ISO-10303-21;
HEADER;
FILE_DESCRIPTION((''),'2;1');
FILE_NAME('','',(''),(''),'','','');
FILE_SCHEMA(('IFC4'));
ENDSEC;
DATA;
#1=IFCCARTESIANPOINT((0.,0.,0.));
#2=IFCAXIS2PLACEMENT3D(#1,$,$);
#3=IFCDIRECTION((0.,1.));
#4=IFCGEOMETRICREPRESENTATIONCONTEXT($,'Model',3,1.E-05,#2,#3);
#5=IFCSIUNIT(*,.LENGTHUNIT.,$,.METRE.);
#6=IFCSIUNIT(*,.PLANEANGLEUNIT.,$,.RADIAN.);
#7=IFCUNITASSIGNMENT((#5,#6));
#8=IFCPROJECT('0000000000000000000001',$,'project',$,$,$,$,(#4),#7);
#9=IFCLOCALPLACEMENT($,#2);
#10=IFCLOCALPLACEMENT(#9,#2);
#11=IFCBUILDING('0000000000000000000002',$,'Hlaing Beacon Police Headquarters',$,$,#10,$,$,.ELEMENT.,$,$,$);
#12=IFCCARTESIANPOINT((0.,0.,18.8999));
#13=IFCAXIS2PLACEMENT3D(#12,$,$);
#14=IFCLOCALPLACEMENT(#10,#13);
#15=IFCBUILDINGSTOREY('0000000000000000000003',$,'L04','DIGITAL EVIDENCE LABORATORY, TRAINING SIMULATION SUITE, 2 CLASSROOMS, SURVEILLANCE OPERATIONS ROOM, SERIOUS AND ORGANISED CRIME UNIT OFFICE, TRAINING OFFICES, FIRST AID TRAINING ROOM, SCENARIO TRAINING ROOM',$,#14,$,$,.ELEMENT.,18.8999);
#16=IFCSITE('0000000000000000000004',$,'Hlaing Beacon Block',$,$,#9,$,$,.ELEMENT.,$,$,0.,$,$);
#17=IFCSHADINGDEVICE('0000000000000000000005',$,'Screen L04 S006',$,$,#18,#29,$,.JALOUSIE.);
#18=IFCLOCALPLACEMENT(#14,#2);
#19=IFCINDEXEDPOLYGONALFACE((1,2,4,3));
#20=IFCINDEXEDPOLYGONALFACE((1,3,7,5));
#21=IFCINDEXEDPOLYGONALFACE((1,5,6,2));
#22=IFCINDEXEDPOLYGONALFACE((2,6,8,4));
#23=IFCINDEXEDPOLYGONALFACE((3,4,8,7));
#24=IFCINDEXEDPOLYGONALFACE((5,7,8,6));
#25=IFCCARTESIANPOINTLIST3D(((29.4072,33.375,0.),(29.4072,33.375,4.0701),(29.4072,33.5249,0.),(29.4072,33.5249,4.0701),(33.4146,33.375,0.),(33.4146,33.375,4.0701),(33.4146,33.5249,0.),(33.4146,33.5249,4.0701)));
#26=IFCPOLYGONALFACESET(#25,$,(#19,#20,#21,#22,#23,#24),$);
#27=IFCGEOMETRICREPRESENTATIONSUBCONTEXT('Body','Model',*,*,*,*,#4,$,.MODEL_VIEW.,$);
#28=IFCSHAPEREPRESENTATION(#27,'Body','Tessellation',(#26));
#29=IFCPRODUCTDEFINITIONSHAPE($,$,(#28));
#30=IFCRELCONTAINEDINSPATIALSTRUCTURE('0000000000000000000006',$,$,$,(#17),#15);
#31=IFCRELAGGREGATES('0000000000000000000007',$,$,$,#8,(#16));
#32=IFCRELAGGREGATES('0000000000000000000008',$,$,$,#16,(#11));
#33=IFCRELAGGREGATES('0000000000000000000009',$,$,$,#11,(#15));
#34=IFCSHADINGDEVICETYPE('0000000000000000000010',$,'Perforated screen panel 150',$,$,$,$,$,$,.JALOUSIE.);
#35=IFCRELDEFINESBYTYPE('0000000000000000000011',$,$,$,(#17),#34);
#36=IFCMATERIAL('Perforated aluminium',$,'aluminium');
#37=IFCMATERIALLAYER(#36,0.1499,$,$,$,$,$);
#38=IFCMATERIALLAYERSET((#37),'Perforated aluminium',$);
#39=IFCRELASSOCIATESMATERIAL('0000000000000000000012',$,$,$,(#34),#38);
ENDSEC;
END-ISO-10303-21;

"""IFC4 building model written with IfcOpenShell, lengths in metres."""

from ifc_helpers import new_model, si_unit, direction, frame, origin, origin_2d, place, context, subcontext, project, spatial, rectangle, extrude, material, layer, layer_set, type_object, element, save


model = new_model("IFC4")

# Units and contexts
model_context = context("Model", 3, precision=1e-05, world=origin(), true_north=direction((0.0, 1.0)))
body_context = subcontext(model_context, "Body", "Model", "MODEL_VIEW")
ifc_project = project(units=[si_unit("LENGTHUNIT", "METRE"), si_unit("PLANEANGLEUNIT", "RADIAN")], contexts=[model_context])

# Site, building, storey
site_placement = place(None, origin())
site = spatial("IfcSite", under=ifc_project, at=site_placement, Name="Hlaing Beacon Block", CompositionType="ELEMENT", RefElevation=0.0)
building_placement = place(site_placement, origin())
building = spatial("IfcBuilding", under=site, at=building_placement, Name="Hlaing Beacon Police Headquarters", CompositionType="ELEMENT")
storey_placement = place(building_placement, frame((0.0, 0.0, 18.8999)))
storey = spatial("IfcBuildingStorey", under=building, at=storey_placement, Name="L04", Description="DIGITAL EVIDENCE LABORATORY, TRAINING SIMULATION SUITE, 2 CLASSROOMS, SURVEILLANCE OPERATIONS ROOM, SERIOUS AND ORGANISED CRIME UNIT OFFICE, TRAINING OFFICES, FIRST AID TRAINING ROOM, SCENARIO TRAINING ROOM", CompositionType="ELEMENT", Elevation=18.8999)

# Shading device
ifc_material_1 = material(Name="Perforated aluminium", Category="aluminium")
ifc_layer_1 = layer(ifc_material_1, 0.1499)
ifc_layer_set_1 = layer_set([ifc_layer_1], Name="Perforated aluminium")
shading_device_type = type_object("IfcShadingDeviceType", Name="Perforated screen panel 150", PredefinedType="JALOUSIE", material=ifc_layer_set_1)
for number, where, z_axis, x_axis, name in (
    (1, (31.4109, 33.45, 0.0), (0.0, 0.0, 1.0), (1.0, 0.0, 0.0), "Screen L04 S006"),
):
    element("IfcShadingDevice", number, at=place(storey_placement, frame(where, z_axis=z_axis, x_axis=x_axis)), inside=storey, type_object=shading_device_type, Name=name, PredefinedType="JALOUSIE", context=body_context, shape_type="SweptSolid", body=[
        extrude(rectangle(XDim=4.0073, YDim=0.1499, at=origin_2d()), origin(), (0.0, 0.0, 1.0), 4.0701),
    ])

save(model, "model.ifc")
